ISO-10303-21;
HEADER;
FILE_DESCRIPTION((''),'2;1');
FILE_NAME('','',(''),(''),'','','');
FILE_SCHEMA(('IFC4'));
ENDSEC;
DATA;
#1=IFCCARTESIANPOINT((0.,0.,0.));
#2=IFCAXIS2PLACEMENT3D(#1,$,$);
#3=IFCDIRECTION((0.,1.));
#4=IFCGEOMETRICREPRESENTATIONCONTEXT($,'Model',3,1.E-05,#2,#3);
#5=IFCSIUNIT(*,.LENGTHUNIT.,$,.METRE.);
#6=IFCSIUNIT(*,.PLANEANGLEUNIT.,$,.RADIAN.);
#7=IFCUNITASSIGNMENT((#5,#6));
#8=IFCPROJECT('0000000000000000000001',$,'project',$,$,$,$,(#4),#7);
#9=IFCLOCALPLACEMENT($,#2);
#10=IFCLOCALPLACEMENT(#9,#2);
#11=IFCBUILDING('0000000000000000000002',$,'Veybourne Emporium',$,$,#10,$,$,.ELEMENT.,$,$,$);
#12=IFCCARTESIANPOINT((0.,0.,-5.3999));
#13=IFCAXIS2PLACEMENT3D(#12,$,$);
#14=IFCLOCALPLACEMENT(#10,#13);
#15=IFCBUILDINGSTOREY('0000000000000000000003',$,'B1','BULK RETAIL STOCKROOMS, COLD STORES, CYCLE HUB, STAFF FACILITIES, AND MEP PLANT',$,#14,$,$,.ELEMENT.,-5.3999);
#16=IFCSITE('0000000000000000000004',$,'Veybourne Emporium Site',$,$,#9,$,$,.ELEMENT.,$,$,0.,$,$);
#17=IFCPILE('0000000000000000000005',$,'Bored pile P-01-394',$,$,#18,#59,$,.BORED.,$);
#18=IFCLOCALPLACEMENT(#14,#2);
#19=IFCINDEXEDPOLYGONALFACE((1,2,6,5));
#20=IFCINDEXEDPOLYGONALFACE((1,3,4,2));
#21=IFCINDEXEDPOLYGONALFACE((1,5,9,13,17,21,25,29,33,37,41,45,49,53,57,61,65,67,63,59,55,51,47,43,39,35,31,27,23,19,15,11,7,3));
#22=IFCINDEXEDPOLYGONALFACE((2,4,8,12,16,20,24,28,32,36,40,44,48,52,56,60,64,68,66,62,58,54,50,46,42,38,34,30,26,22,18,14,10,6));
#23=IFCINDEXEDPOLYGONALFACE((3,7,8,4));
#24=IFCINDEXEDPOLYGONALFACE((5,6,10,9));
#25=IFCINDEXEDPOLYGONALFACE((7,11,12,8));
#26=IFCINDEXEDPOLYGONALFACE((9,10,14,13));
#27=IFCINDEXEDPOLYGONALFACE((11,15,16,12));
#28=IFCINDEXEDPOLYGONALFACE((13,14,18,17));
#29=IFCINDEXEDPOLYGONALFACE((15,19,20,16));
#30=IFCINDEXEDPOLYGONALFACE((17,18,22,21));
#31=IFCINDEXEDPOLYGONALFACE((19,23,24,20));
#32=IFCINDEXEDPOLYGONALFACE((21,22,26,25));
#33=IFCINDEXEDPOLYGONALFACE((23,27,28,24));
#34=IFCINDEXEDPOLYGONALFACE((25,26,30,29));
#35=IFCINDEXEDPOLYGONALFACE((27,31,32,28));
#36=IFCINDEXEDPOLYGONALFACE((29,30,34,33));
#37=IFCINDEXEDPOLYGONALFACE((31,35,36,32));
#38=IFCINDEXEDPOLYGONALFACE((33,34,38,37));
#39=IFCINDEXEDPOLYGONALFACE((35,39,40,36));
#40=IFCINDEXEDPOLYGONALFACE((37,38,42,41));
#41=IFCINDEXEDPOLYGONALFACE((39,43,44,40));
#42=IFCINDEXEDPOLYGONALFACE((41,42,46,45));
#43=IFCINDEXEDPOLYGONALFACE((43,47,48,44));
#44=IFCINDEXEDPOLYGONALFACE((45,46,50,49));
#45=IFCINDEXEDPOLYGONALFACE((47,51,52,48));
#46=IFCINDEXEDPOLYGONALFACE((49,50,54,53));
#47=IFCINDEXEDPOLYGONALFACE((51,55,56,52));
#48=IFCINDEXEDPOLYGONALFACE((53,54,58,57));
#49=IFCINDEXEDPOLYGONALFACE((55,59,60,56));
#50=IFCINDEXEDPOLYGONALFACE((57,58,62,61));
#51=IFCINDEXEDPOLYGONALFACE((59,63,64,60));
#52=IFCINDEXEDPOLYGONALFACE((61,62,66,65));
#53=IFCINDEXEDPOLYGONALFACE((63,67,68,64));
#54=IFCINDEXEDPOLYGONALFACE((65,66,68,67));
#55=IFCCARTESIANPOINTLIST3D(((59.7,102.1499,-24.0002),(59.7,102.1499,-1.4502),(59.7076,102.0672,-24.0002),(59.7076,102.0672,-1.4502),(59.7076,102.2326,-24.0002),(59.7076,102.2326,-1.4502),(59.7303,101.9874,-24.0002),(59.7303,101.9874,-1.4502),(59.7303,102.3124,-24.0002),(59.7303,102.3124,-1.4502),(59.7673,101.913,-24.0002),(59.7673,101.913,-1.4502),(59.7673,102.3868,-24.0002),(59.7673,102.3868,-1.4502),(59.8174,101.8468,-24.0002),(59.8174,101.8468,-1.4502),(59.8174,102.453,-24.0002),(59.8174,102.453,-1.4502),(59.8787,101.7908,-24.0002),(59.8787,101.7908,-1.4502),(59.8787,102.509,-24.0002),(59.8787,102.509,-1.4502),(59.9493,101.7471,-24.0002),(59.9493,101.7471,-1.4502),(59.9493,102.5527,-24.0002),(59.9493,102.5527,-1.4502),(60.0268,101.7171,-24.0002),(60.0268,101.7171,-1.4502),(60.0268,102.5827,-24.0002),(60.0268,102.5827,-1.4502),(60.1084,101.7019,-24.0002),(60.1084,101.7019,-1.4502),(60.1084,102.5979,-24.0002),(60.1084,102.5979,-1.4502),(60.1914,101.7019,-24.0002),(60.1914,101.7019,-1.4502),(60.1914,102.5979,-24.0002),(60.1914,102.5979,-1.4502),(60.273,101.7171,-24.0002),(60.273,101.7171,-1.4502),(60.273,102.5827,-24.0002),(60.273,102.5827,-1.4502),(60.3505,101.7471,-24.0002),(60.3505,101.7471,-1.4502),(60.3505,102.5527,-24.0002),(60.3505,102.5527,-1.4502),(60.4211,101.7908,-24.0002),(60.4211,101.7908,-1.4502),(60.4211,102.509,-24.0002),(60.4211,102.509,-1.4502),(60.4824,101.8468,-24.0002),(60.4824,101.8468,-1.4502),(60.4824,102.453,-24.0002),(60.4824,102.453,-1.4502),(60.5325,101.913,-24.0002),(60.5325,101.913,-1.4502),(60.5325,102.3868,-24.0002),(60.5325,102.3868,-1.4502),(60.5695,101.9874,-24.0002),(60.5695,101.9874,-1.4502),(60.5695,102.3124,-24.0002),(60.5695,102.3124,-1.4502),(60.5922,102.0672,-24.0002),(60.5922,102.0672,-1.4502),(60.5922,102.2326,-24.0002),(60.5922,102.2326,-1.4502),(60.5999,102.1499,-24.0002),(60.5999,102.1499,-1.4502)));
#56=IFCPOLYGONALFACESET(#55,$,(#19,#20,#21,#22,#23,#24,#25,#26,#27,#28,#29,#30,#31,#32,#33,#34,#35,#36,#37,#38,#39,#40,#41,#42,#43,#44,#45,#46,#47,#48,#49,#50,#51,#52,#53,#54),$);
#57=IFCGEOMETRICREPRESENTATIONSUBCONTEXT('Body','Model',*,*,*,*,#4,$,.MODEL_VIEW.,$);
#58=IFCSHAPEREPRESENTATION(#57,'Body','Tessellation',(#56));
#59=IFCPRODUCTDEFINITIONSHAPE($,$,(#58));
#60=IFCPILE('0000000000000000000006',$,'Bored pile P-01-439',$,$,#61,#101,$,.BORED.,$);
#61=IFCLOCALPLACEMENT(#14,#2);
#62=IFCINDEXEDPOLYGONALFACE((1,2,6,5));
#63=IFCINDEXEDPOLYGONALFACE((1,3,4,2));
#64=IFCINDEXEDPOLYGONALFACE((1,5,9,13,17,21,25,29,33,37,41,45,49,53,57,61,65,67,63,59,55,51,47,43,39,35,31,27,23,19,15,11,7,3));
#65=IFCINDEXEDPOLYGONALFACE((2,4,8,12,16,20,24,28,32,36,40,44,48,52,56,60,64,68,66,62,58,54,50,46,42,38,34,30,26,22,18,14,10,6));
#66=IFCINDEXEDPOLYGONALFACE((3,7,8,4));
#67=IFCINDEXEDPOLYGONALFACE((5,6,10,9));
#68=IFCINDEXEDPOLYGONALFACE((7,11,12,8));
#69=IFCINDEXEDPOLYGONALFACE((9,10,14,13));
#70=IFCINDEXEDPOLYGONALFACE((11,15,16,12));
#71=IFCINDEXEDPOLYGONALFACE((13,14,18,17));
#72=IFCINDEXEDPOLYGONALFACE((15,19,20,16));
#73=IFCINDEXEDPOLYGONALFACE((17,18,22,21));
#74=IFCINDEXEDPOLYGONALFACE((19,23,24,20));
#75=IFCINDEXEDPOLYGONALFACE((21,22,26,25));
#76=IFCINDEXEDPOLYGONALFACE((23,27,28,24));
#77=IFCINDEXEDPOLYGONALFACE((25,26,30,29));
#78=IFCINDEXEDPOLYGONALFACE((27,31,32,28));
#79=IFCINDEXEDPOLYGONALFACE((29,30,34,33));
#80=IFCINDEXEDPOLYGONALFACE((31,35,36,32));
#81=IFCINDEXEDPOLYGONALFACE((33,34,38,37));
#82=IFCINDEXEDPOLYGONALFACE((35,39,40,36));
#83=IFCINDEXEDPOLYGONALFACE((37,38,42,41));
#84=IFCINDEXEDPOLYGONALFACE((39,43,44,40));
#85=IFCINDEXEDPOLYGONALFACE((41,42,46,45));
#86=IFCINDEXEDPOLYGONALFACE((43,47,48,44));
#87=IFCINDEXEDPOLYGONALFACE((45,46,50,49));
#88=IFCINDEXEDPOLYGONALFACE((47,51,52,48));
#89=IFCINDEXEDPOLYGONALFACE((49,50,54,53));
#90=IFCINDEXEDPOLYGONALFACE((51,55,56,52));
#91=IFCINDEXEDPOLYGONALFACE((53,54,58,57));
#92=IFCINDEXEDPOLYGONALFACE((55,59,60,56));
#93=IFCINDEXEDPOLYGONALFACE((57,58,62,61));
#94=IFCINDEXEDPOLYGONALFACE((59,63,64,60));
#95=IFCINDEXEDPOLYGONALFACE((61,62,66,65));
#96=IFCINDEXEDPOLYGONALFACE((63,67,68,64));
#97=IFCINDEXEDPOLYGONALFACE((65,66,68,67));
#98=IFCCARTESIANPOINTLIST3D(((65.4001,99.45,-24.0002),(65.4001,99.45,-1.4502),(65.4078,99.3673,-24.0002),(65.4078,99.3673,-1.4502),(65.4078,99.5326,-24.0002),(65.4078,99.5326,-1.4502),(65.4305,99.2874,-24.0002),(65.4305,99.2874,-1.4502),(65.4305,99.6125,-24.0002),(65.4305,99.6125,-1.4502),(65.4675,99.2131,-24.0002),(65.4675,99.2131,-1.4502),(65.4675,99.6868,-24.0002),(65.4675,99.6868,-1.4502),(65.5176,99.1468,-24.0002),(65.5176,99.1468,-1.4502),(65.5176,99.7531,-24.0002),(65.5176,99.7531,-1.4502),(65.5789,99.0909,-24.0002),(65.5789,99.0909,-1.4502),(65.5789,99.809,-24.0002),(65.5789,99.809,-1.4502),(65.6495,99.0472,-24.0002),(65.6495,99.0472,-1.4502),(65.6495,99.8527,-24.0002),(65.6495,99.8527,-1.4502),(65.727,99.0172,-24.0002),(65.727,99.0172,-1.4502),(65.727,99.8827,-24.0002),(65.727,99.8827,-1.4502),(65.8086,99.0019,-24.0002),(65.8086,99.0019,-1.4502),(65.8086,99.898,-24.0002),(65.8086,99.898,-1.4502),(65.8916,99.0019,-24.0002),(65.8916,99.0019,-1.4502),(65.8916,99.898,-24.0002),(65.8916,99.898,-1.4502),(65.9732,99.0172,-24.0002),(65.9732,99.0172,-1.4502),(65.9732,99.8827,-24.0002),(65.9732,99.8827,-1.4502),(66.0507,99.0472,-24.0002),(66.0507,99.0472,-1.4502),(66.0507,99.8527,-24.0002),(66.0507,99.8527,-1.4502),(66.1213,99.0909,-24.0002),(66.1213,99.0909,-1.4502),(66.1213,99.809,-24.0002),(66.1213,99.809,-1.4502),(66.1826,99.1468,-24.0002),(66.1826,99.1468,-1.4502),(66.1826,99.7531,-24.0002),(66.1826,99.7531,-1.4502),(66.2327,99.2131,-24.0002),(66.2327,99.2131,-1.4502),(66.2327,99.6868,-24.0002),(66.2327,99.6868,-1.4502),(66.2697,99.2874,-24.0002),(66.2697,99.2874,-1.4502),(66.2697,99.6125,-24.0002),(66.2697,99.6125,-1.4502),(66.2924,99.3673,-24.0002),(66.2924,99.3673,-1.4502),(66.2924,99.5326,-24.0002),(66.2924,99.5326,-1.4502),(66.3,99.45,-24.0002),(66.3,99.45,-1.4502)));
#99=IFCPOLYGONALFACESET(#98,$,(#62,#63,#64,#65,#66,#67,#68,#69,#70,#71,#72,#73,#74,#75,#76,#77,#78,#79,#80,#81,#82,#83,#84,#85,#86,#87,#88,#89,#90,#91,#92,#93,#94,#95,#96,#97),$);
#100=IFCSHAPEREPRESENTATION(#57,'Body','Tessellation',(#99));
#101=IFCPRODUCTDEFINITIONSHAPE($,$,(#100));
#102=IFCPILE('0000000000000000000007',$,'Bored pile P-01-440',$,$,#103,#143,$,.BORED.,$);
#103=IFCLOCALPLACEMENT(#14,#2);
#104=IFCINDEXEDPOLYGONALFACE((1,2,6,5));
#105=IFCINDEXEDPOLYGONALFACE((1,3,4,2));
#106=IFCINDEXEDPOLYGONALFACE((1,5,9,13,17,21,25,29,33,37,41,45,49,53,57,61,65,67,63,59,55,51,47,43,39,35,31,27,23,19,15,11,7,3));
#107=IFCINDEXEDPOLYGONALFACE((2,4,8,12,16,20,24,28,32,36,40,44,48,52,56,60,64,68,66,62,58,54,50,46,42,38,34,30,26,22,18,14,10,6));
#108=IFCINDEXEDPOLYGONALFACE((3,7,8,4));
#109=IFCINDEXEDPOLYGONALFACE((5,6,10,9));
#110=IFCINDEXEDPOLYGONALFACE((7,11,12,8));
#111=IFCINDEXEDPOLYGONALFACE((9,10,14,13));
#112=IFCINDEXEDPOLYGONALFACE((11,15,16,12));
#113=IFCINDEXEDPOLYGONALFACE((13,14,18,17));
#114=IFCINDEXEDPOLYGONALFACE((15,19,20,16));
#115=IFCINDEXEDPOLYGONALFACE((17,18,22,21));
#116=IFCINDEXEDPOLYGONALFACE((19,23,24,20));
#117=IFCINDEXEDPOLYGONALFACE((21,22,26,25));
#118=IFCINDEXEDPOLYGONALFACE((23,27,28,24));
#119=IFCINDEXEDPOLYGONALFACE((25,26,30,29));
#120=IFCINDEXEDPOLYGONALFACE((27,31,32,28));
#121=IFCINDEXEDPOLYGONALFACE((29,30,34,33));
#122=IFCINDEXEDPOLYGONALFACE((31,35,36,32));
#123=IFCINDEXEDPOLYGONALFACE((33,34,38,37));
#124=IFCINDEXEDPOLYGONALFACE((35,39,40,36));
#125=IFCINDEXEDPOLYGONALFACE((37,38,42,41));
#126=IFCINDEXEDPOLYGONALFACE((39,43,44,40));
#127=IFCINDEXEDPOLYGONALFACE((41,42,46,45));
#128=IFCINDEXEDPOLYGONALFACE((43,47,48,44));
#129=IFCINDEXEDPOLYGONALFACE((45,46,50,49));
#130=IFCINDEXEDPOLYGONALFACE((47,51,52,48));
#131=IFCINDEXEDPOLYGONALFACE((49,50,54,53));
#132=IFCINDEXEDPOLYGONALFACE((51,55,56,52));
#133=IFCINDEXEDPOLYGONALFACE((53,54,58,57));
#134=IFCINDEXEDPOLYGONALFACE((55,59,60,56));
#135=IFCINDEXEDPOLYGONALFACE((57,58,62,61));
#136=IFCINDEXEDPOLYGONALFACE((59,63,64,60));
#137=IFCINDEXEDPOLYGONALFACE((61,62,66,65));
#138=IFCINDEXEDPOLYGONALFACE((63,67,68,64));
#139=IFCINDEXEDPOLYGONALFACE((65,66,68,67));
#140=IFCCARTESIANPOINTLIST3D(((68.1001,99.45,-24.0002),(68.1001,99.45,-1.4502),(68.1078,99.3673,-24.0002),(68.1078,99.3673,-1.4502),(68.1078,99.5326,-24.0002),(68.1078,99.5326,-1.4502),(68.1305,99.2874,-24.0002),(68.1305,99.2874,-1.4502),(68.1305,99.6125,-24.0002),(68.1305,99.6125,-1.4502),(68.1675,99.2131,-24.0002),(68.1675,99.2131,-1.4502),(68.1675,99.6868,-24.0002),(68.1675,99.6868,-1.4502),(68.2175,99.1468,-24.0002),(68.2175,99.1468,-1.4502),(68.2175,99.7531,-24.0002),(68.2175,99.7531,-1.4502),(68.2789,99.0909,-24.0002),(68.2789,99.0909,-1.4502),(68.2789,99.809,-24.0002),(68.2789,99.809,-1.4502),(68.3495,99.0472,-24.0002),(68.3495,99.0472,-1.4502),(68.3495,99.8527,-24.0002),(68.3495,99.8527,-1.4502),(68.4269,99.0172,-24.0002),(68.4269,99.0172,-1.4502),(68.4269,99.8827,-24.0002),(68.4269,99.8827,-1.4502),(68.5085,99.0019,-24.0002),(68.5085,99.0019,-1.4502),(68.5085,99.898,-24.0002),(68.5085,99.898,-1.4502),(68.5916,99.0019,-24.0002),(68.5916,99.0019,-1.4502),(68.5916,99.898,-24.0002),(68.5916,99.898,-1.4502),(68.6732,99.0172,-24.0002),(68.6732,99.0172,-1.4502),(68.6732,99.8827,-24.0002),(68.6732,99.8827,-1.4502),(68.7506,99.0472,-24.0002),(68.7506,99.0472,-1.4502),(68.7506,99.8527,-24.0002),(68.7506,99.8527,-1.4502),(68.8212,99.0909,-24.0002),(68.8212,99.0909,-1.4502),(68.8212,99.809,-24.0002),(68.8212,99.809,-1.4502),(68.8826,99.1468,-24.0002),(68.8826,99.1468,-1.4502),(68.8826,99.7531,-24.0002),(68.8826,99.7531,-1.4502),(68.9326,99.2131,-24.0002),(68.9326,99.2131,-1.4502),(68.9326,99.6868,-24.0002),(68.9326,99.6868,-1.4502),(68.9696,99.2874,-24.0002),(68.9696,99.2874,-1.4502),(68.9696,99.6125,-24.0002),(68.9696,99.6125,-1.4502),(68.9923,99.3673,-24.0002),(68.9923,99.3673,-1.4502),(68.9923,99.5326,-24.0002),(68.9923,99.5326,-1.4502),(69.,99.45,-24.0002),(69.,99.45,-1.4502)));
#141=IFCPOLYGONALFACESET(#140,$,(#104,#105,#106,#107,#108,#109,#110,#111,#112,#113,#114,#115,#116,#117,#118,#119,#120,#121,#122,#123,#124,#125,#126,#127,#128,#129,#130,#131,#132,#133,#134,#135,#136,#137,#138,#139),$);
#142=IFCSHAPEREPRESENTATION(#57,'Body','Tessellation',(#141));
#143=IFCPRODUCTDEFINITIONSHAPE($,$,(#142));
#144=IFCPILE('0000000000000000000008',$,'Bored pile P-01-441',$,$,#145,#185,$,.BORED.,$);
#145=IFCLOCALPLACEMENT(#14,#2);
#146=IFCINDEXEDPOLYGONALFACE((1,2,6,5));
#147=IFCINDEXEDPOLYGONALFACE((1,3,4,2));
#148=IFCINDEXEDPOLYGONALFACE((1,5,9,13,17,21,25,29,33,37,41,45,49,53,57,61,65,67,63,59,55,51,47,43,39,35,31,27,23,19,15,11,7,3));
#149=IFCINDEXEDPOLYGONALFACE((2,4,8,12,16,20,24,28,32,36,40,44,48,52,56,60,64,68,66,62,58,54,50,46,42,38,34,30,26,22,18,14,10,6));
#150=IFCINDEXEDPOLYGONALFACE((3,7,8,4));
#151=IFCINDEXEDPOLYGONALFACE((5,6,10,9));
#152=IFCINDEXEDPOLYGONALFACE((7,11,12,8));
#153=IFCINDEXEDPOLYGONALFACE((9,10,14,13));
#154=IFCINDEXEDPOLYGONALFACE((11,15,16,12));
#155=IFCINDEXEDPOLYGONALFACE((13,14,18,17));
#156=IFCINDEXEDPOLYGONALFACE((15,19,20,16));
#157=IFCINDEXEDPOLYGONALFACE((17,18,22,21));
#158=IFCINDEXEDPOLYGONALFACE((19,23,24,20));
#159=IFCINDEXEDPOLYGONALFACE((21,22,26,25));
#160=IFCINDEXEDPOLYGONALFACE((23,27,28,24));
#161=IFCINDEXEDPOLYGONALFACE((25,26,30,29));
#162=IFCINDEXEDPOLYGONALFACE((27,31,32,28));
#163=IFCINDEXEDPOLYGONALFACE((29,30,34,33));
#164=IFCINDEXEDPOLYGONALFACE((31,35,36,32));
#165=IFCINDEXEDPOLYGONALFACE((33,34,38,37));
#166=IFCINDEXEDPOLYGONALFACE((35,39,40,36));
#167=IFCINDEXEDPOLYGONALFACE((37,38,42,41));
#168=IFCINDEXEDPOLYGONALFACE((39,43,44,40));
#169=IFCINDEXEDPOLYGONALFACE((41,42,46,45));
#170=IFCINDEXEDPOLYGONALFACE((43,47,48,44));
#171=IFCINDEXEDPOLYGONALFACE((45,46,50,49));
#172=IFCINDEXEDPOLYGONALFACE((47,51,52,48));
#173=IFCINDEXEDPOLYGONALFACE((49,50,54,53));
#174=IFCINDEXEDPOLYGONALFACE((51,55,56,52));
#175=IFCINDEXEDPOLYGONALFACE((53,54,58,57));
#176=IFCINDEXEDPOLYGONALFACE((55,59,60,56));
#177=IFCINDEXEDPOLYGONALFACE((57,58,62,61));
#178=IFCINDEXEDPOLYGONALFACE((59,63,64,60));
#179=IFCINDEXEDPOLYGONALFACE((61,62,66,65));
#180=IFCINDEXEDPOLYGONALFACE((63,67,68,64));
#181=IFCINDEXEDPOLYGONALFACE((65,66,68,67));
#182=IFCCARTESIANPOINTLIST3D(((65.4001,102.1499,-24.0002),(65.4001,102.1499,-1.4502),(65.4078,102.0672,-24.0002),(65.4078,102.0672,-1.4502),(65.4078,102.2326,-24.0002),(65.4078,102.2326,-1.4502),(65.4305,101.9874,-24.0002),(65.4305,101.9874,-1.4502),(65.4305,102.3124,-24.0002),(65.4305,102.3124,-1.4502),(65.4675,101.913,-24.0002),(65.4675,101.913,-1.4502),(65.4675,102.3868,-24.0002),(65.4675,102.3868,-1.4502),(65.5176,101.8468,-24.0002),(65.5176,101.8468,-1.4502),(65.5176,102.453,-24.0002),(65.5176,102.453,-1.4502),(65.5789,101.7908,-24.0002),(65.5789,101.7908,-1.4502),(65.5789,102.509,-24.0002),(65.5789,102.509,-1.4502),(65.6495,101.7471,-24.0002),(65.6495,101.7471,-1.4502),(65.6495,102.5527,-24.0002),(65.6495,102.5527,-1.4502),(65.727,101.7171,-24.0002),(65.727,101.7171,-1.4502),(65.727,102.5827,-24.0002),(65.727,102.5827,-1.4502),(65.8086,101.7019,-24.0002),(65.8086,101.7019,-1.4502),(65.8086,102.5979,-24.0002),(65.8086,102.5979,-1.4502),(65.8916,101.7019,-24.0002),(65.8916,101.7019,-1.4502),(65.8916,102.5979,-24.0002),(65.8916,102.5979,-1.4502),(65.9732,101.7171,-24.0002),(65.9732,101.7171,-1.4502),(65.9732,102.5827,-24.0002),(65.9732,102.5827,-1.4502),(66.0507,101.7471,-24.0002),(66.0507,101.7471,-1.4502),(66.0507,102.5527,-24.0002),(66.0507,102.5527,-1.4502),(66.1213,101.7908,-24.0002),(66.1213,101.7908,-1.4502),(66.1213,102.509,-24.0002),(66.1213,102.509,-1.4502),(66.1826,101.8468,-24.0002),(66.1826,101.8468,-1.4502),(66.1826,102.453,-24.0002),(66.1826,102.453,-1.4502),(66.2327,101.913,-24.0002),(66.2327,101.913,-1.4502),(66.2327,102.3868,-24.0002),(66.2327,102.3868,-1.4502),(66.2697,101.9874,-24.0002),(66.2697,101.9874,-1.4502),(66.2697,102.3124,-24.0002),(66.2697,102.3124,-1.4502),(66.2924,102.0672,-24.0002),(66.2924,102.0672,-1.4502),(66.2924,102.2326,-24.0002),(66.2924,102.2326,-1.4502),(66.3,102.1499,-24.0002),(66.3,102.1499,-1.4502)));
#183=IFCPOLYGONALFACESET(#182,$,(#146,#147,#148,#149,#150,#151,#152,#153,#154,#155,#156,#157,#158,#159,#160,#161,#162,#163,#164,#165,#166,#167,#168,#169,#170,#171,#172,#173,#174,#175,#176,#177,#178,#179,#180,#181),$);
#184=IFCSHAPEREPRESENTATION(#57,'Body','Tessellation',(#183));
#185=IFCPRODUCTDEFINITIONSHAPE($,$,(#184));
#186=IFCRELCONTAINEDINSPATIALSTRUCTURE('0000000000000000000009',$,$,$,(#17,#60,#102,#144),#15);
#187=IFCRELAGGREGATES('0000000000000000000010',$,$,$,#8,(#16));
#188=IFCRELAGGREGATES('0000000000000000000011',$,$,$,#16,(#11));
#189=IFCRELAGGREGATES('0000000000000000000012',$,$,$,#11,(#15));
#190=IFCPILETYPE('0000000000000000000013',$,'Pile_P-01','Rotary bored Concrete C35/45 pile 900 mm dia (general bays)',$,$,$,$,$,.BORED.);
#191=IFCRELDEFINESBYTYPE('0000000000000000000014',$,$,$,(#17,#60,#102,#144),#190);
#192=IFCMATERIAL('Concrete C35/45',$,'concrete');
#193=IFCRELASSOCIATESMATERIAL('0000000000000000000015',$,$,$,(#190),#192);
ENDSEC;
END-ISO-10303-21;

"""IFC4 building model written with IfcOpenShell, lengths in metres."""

from ifc_helpers import new_model, si_unit, direction, frame, origin, origin_2d, place, context, subcontext, project, spatial, circle, extrude, material, material_profile, profile_set, type_object, element, save


model = new_model("IFC4")

# Units and contexts
model_context = context("Model", 3, precision=1e-05, world=origin(), true_north=direction((0.0, 1.0)))
body_context = subcontext(model_context, "Body", "Model", "MODEL_VIEW")
ifc_project = project(units=[si_unit("LENGTHUNIT", "METRE"), si_unit("PLANEANGLEUNIT", "RADIAN")], contexts=[model_context])

# Site, building, storey
site_placement = place(None, origin())
site = spatial("IfcSite", under=ifc_project, at=site_placement, Name="Veybourne Emporium Site", CompositionType="ELEMENT", RefElevation=0.0)
building_placement = place(site_placement, origin())
building = spatial("IfcBuilding", under=site, at=building_placement, Name="Veybourne Emporium", CompositionType="ELEMENT")
storey_placement = place(building_placement, frame((0.0, 0.0, -5.3999)))
storey = spatial("IfcBuildingStorey", under=building, at=storey_placement, Name="B1", Description="BULK RETAIL STOCKROOMS, COLD STORES, CYCLE HUB, STAFF FACILITIES, AND MEP PLANT", CompositionType="ELEMENT", Elevation=-5.3999)

# Shared definitions
ifc_material_1 = material(Name="Concrete C35/45", Category="concrete")

# Piles
ifc_material_profile_1 = material_profile(ifc_material_1, circle(Radius=0.45, at=origin_2d()), Name="BORED PILE 900")
ifc_profile_set_1 = profile_set([ifc_material_profile_1], Name="Concrete C35/45")
pile_type_1 = type_object("IfcPileType", Name="Pile_P-01", Description="Rotary bored Concrete C35/45 pile 900 mm dia (general bays)", PredefinedType="BORED", material=ifc_profile_set_1)
for number, where, z_axis, x_axis, name in (
    (1, (60.1499, 102.1499, -1.4502), (0.0, 0.0, -1.0), (1.0, 0.0, 0.0), "Bored pile P-01-394"),
    (2, (65.8501, 99.45, -1.4502), (0.0, 0.0, -1.0), (1.0, 0.0, 0.0), "Bored pile P-01-439"),
    (3, (68.55, 99.45, -1.4502), (0.0, 0.0, -1.0), (1.0, 0.0, 0.0), "Bored pile P-01-440"),
    (4, (65.8501, 102.1499, -1.4502), (0.0, 0.0, -1.0), (1.0, 0.0, 0.0), "Bored pile P-01-441"),
):
    element("IfcPile", number, at=place(storey_placement, frame(where, z_axis=z_axis, x_axis=x_axis)), inside=storey, type_object=pile_type_1, Name=name, PredefinedType="BORED", context=body_context, shape_type="SweptSolid", body=[
        extrude(circle(Radius=0.45, at=origin_2d()), origin(), (0.0, 0.0, 1.0), 22.55),
    ])

save(model, "model.ifc")
